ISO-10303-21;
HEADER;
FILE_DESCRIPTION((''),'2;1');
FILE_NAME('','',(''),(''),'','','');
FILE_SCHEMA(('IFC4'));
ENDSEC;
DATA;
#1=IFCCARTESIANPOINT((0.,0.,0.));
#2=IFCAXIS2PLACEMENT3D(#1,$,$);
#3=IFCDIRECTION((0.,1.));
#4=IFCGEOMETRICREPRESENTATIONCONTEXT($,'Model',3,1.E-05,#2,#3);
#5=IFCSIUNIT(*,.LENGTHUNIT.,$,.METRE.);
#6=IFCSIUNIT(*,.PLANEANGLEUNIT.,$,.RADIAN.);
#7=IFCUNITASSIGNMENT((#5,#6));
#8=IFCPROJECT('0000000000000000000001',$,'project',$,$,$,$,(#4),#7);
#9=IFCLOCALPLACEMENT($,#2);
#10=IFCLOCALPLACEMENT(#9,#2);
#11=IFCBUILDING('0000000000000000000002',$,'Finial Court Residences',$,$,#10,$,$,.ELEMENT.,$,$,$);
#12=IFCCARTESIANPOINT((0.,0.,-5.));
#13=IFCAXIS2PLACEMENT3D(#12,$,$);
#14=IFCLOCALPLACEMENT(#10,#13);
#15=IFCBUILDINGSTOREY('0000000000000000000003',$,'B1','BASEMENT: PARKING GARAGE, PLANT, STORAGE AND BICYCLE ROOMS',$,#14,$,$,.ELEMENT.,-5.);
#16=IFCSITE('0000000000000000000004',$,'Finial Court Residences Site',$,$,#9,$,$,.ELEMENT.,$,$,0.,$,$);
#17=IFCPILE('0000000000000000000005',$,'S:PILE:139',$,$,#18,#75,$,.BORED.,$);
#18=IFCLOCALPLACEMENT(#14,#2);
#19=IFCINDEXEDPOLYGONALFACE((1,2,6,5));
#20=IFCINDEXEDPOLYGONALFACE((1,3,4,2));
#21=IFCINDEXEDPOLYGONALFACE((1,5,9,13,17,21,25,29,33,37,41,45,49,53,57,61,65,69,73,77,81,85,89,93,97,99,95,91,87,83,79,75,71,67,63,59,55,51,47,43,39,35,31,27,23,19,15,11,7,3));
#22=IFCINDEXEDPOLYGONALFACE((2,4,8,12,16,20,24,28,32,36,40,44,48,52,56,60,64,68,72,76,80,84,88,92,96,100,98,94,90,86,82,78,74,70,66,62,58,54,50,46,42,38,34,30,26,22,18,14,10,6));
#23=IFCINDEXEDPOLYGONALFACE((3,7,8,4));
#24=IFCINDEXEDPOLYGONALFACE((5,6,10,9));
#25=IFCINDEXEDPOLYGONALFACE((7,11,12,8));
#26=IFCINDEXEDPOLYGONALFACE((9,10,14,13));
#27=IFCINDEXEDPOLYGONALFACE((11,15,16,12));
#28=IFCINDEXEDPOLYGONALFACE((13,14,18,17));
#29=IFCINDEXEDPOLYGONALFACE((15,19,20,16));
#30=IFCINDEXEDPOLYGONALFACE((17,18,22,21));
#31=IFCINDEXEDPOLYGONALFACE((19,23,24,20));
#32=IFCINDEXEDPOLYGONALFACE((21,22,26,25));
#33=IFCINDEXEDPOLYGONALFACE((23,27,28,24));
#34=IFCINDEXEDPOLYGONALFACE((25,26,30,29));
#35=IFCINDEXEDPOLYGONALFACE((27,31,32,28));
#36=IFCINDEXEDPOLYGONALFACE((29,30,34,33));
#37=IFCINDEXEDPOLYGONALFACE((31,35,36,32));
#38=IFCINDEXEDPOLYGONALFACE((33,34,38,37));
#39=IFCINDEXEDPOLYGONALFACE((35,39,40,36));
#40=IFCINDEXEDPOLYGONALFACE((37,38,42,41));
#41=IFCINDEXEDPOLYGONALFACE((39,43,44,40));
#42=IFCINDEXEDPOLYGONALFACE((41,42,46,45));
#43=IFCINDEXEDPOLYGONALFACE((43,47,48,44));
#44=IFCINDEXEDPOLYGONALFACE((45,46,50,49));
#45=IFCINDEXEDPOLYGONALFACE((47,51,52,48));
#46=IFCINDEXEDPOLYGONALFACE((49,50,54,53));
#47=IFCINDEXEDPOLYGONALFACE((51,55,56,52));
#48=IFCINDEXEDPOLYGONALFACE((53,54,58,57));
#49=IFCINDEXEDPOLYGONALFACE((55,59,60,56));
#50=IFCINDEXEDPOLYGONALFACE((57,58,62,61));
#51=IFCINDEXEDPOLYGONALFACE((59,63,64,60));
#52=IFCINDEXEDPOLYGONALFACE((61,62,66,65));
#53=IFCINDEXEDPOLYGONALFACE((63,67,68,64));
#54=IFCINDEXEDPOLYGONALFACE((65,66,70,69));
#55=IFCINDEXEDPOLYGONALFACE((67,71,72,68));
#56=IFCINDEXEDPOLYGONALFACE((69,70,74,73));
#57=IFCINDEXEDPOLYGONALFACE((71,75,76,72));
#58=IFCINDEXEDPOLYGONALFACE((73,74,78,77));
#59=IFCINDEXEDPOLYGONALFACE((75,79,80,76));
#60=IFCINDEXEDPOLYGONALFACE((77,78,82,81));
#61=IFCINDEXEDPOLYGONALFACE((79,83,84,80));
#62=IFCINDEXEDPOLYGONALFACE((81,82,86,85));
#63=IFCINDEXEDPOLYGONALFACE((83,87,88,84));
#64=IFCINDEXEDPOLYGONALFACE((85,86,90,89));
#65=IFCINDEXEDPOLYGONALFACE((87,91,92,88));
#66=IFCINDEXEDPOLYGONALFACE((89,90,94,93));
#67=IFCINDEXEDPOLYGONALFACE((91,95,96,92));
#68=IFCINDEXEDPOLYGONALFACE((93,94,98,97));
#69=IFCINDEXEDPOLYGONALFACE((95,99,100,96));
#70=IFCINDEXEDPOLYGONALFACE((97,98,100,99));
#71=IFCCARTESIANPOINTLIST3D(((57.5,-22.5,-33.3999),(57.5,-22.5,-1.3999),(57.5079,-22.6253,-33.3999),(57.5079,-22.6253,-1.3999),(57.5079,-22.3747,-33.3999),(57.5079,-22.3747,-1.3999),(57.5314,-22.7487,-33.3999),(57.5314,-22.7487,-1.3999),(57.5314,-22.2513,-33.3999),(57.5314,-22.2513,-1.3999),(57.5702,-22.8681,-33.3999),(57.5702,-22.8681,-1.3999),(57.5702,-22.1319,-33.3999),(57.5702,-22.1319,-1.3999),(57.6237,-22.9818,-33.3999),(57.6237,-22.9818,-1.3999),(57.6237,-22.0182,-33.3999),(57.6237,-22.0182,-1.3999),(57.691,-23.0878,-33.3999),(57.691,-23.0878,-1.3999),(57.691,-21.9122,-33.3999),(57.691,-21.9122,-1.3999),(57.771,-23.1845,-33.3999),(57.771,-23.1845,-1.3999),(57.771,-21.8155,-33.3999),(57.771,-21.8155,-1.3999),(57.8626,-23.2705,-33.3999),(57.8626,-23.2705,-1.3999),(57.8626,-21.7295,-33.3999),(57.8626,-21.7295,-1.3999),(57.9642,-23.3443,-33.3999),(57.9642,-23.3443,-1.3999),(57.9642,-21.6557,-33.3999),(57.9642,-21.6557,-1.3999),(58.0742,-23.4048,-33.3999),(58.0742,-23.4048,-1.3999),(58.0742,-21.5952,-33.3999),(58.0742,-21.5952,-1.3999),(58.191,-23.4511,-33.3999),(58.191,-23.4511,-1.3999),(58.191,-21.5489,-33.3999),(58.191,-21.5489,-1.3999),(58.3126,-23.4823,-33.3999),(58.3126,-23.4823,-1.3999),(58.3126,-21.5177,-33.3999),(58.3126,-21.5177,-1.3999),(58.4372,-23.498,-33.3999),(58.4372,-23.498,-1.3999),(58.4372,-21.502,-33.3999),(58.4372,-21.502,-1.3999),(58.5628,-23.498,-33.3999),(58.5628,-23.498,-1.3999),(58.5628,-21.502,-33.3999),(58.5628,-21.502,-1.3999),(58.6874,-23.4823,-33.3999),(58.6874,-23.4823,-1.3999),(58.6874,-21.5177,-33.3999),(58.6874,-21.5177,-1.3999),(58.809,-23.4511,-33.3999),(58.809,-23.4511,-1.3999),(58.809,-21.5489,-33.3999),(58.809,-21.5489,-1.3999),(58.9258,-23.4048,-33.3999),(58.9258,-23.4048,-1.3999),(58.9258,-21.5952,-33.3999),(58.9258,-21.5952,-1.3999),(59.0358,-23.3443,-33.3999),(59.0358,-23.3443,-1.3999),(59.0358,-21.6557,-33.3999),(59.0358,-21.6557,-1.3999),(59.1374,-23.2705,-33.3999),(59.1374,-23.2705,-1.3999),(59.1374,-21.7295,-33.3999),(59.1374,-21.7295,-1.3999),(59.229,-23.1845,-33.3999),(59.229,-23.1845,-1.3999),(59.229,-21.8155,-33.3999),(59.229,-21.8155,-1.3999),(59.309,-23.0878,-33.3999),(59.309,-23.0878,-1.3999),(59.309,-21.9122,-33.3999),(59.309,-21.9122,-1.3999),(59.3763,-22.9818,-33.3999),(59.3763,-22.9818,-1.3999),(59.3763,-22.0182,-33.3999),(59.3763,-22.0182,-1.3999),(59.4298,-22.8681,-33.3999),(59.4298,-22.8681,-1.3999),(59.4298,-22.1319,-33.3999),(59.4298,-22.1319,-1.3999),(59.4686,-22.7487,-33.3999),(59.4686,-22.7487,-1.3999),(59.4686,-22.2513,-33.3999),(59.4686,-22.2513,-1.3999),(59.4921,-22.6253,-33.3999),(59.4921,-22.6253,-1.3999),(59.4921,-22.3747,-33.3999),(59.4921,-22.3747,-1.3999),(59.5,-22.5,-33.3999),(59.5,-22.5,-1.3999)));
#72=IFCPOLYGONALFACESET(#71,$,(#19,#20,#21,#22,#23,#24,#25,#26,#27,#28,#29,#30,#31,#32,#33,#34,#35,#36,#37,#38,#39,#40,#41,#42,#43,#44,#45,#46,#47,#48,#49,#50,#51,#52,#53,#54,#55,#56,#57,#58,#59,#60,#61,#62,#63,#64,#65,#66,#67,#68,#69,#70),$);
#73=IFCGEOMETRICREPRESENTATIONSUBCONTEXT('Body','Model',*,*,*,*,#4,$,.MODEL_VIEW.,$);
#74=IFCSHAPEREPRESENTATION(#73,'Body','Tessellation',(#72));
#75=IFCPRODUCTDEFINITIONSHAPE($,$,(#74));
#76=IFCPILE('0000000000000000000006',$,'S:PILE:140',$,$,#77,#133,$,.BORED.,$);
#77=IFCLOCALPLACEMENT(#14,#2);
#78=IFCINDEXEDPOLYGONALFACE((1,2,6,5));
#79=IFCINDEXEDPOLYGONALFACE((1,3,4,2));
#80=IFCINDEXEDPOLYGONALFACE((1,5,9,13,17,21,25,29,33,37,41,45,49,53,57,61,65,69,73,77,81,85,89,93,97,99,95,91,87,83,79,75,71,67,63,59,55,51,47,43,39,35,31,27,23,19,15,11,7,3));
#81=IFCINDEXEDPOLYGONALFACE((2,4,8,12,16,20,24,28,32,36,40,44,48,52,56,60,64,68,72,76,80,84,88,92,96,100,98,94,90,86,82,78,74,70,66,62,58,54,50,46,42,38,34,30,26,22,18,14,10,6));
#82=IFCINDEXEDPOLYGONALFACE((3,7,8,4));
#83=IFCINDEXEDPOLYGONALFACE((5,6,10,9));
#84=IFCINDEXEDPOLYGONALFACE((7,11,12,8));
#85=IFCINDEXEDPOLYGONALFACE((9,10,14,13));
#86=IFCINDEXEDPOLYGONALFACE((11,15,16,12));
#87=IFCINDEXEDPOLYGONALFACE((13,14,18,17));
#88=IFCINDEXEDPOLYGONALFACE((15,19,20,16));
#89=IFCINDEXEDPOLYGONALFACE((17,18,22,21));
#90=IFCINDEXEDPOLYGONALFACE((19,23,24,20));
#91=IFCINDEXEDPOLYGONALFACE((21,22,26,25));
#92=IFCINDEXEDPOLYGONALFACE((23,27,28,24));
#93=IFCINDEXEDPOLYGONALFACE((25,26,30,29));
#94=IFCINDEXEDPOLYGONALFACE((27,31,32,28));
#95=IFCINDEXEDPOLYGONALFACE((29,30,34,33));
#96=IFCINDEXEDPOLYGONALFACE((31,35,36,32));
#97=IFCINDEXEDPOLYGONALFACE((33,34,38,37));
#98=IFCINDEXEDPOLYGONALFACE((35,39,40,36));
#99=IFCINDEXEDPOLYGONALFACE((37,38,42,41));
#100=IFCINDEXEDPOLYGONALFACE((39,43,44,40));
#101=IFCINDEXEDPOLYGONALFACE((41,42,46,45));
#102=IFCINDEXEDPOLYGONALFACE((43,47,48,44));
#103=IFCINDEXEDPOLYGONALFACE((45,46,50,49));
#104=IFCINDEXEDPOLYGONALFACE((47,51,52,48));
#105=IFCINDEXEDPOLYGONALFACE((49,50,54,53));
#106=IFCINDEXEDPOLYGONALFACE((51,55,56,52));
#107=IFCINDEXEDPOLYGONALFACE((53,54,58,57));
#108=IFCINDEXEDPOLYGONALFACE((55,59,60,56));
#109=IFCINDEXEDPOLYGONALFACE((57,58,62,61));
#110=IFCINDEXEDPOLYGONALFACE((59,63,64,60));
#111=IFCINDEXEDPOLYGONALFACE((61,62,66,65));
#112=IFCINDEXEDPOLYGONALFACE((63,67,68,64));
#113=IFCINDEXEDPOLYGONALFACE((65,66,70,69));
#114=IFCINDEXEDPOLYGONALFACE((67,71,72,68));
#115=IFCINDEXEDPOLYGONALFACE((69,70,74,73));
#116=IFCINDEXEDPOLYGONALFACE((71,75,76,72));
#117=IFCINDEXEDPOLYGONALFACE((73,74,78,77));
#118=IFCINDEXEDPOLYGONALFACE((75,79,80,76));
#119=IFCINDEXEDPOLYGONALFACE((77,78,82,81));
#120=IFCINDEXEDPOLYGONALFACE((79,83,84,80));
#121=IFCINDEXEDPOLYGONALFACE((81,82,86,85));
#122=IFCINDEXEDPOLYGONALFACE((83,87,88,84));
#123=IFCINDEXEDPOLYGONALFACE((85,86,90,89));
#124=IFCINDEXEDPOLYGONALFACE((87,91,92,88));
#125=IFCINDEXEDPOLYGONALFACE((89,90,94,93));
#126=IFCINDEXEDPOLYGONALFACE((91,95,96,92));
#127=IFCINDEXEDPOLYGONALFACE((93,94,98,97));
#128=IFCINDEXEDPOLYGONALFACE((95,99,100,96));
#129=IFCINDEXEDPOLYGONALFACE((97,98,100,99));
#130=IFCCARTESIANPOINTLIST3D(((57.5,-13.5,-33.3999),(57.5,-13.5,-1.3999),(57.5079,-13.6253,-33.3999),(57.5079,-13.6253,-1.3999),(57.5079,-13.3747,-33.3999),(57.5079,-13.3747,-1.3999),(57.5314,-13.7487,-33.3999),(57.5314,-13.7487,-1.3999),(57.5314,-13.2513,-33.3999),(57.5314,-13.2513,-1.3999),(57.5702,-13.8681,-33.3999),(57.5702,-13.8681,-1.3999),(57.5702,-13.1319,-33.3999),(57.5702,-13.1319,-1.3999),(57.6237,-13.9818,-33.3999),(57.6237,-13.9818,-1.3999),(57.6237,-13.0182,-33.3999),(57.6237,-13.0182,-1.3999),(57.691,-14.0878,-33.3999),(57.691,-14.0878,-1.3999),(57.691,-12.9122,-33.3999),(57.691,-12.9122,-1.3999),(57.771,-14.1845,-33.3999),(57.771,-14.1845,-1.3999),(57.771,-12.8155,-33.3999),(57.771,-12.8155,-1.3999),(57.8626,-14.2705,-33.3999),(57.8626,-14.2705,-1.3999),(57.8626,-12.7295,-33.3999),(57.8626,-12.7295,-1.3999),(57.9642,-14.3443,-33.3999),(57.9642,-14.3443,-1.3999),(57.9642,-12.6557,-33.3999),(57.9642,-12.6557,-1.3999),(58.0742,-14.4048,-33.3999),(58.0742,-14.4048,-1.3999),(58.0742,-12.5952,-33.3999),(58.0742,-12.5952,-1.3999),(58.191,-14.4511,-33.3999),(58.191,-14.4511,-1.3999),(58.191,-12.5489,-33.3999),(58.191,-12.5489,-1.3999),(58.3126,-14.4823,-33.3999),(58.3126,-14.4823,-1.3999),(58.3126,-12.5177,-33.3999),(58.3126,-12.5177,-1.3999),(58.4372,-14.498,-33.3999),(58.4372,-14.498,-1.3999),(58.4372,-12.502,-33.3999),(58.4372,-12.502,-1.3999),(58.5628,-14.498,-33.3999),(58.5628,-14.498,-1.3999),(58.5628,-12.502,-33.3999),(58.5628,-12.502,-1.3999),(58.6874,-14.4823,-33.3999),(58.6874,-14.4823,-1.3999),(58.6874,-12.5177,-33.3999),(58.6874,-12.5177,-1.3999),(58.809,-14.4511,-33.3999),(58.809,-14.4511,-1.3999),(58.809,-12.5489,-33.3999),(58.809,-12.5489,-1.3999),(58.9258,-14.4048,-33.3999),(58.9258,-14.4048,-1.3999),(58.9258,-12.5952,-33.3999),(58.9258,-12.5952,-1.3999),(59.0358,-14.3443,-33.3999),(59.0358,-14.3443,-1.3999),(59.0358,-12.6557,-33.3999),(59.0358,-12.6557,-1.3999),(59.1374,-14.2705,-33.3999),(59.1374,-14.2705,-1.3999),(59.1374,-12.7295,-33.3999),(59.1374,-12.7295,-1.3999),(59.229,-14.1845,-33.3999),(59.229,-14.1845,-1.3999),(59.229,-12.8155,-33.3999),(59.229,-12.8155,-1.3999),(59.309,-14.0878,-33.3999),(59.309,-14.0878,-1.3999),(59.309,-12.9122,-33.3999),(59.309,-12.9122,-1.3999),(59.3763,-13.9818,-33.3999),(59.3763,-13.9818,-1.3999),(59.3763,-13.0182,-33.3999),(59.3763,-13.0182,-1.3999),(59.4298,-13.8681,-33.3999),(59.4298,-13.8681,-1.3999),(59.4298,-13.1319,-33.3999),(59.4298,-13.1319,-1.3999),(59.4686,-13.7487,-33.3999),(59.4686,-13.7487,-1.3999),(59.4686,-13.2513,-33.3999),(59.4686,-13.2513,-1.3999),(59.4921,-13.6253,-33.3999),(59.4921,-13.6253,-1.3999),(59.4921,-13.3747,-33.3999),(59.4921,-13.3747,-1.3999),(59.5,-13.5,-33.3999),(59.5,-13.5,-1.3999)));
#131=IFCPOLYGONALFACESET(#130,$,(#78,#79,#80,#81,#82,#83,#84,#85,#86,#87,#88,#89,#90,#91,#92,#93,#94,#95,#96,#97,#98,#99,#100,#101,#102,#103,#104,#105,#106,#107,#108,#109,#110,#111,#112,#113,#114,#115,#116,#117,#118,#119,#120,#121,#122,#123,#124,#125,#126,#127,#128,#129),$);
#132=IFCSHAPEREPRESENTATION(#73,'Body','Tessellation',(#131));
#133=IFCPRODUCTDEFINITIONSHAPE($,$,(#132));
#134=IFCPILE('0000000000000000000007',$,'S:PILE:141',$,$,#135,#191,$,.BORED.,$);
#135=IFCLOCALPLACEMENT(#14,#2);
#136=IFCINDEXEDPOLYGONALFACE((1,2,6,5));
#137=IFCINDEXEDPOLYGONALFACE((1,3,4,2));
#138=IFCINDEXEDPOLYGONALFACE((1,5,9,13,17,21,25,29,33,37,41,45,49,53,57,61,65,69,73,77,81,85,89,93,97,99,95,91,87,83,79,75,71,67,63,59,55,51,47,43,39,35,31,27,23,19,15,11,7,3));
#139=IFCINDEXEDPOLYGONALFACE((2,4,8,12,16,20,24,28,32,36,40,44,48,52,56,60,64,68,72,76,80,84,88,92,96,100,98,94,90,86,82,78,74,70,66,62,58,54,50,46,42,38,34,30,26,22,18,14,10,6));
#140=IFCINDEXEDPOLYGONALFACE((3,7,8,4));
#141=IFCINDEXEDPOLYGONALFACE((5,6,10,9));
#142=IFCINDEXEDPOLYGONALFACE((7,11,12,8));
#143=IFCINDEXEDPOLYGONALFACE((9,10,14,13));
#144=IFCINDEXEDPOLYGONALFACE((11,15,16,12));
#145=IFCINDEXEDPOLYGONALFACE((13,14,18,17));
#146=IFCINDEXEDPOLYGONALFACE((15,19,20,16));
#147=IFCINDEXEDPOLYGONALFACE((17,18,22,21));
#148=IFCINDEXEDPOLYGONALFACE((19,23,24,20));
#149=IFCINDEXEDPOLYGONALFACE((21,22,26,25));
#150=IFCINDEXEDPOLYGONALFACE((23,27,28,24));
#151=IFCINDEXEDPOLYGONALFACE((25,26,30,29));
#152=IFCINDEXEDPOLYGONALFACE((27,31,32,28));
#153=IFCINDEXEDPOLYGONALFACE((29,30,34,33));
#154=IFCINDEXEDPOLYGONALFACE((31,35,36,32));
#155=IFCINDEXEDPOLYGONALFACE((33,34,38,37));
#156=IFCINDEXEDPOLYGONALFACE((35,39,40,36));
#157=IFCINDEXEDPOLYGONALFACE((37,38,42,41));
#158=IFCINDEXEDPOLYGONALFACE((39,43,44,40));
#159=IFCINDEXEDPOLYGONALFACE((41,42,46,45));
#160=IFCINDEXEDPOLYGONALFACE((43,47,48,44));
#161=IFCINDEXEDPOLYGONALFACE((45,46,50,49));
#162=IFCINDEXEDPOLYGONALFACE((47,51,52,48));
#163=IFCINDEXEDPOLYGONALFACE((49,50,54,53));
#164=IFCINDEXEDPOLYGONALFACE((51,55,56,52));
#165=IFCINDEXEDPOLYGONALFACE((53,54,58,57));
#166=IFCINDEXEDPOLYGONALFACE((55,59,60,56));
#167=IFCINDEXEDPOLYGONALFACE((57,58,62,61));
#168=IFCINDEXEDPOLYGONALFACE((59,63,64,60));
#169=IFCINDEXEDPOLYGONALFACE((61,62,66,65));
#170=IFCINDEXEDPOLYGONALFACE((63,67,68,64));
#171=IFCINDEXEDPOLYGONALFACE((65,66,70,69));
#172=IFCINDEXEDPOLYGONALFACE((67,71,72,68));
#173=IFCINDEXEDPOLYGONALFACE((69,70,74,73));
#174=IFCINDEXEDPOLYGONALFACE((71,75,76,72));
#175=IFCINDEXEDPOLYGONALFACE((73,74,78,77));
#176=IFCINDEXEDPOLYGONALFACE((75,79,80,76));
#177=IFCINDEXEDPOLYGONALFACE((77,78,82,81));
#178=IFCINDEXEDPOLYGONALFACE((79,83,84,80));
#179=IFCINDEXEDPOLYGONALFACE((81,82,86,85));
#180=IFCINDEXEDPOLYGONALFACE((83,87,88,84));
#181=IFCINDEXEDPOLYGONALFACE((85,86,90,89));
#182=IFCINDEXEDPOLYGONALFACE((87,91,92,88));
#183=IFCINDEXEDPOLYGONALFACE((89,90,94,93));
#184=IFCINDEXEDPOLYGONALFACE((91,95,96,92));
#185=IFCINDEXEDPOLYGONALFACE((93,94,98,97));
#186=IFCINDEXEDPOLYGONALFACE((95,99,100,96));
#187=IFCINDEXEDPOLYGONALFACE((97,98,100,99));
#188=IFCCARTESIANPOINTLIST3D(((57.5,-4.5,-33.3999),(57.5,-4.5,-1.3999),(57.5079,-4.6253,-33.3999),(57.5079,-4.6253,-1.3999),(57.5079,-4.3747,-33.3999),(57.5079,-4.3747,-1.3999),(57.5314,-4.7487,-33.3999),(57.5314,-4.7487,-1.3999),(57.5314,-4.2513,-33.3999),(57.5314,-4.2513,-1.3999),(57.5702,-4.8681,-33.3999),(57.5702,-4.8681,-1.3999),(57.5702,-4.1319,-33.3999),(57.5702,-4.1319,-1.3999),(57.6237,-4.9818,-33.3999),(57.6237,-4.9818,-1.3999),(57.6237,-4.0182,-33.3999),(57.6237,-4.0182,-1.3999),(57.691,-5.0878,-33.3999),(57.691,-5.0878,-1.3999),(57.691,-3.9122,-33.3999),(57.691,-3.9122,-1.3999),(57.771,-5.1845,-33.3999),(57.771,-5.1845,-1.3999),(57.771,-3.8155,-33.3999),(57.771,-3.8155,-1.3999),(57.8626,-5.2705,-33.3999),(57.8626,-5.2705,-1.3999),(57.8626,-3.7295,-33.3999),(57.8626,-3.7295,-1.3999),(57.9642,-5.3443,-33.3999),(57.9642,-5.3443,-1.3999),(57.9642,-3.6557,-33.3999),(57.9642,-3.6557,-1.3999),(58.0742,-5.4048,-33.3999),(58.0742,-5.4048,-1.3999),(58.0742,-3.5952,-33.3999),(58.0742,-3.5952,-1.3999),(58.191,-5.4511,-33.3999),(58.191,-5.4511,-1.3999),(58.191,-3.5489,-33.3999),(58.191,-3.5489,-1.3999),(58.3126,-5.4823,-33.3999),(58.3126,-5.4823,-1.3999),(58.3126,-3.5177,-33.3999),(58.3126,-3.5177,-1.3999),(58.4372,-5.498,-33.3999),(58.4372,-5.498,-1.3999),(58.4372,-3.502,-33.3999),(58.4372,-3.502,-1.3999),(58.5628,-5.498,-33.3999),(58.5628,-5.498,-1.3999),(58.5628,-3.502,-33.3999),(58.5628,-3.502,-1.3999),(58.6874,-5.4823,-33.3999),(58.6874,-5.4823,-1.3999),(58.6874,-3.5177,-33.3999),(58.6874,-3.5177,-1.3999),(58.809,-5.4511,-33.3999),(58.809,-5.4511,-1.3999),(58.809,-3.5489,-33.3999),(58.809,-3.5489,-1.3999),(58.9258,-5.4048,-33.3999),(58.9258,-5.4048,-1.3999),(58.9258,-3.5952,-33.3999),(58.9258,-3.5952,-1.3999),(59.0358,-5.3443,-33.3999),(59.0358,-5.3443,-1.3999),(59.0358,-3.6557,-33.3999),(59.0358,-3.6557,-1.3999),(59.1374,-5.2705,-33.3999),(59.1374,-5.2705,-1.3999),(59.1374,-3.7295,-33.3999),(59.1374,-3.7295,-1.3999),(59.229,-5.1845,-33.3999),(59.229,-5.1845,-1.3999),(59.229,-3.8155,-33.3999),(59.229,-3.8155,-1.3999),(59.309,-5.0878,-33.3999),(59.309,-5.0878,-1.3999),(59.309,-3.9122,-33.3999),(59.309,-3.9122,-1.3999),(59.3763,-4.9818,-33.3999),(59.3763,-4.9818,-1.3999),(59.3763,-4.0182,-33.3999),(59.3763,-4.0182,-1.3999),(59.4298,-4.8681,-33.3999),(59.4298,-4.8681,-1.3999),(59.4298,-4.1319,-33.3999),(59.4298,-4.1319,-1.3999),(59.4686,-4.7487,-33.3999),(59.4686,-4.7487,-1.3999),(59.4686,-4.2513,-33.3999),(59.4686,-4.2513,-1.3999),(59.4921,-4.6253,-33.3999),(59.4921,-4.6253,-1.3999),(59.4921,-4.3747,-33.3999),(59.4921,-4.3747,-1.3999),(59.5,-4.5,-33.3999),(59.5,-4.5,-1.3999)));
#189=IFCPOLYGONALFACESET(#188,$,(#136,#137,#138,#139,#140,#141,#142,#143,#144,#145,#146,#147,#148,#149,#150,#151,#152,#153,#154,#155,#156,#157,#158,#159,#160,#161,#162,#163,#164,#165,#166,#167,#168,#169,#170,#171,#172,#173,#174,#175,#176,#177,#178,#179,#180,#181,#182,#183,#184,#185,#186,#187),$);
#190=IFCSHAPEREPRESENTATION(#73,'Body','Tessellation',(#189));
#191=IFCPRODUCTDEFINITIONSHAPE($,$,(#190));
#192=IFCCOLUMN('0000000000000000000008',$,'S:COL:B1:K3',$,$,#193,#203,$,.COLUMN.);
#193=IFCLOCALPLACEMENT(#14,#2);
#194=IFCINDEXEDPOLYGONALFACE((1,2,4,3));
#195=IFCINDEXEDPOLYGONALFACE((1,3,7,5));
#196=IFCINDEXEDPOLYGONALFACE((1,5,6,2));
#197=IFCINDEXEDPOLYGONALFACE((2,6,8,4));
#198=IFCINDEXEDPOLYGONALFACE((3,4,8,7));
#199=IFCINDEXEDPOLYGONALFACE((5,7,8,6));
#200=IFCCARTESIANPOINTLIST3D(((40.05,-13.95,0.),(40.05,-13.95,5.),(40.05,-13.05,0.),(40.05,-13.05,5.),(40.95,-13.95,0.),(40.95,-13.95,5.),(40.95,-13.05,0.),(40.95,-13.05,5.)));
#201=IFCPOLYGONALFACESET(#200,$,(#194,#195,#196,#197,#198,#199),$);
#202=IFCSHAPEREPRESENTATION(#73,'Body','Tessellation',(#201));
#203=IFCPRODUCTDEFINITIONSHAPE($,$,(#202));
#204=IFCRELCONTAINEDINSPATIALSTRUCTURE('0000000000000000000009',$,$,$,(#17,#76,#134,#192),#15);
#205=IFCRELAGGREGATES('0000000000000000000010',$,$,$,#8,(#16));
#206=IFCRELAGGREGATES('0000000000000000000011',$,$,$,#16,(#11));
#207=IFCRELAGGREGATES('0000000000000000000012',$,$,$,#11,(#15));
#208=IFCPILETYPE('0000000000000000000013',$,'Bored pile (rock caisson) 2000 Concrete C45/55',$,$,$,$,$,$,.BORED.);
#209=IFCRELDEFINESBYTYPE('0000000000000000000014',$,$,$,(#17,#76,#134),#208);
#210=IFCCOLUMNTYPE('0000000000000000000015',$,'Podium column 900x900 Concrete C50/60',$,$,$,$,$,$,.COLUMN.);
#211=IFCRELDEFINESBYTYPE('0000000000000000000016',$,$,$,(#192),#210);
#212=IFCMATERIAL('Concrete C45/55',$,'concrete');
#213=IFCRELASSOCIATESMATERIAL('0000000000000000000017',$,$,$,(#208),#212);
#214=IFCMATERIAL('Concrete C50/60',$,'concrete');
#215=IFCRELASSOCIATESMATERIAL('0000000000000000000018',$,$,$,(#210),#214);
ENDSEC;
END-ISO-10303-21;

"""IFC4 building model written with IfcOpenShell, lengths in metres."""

from ifc_helpers import new_model, si_unit, direction, frame, origin, origin_2d, place, context, subcontext, project, spatial, rectangle, circle, extrude, material, material_profile, profile_set, type_object, element, save


model = new_model("IFC4")

# Units and contexts
model_context = context("Model", 3, precision=1e-05, world=origin(), true_north=direction((0.0, 1.0)))
body_context = subcontext(model_context, "Body", "Model", "MODEL_VIEW")
ifc_project = project(units=[si_unit("LENGTHUNIT", "METRE"), si_unit("PLANEANGLEUNIT", "RADIAN")], contexts=[model_context])

# Site, building, storey
site_placement = place(None, origin())
site = spatial("IfcSite", under=ifc_project, at=site_placement, Name="Finial Court Residences Site", CompositionType="ELEMENT", RefElevation=0.0)
building_placement = place(site_placement, origin())
building = spatial("IfcBuilding", under=site, at=building_placement, Name="Finial Court Residences", CompositionType="ELEMENT")
storey_placement = place(building_placement, frame((0.0, 0.0, -5.0)))
storey = spatial("IfcBuildingStorey", under=building, at=storey_placement, Name="B1", Description="BASEMENT: PARKING GARAGE, PLANT, STORAGE AND BICYCLE ROOMS", CompositionType="ELEMENT", Elevation=-5.0)

# Piles
ifc_material_1 = material(Name="Concrete C45/55", Category="concrete")
ifc_material_profile_1 = material_profile(ifc_material_1, circle(Radius=1.0, at=origin_2d()), Name="D2000")
ifc_profile_set_1 = profile_set([ifc_material_profile_1], Name="Concrete C45/55")
pile_type = type_object("IfcPileType", Name="Bored pile (rock caisson) 2000 Concrete C45/55", PredefinedType="BORED", material=ifc_profile_set_1)
for number, where, z_axis, x_axis, name in (
    (1, (58.5, -22.5, -1.3999), (0.0, 0.0, -1.0), (1.0, 0.0, 0.0), "S:PILE:139"),
    (2, (58.5, -13.5, -1.3999), (0.0, 0.0, -1.0), (1.0, 0.0, 0.0), "S:PILE:140"),
    (3, (58.5, -4.5, -1.3999), (0.0, 0.0, -1.0), (1.0, 0.0, 0.0), "S:PILE:141"),
):
    element("IfcPile", number, at=place(storey_placement, frame(where, z_axis=z_axis, x_axis=x_axis)), inside=storey, type_object=pile_type, Name=name, PredefinedType="BORED", context=body_context, shape_type="SweptSolid", body=[
        extrude(circle(Radius=1.0, at=origin_2d()), origin(), (0.0, 0.0, 1.0), 32.0),
    ])

# Column
ifc_material_2 = material(Name="Concrete C50/60", Category="concrete")
ifc_material_profile_2 = material_profile(ifc_material_2, rectangle(XDim=0.8999, YDim=0.8999, at=origin_2d()), Name="900x900")
ifc_profile_set_2 = profile_set([ifc_material_profile_2], Name="Concrete C50/60")
column_type = type_object("IfcColumnType", Name="Podium column 900x900 Concrete C50/60", PredefinedType="COLUMN", material=ifc_profile_set_2)
for number, where, z_axis, x_axis, name in (
    (4, (40.5, -13.5, 0.0), (0.0, 0.0, 1.0), (1.0, 0.0, 0.0), "S:COL:B1:K3"),
):
    element("IfcColumn", number, at=place(storey_placement, frame(where, z_axis=z_axis, x_axis=x_axis)), inside=storey, type_object=column_type, Name=name, PredefinedType="COLUMN", context=body_context, shape_type="SweptSolid", body=[
        extrude(rectangle(XDim=0.8999, YDim=0.8999, at=origin_2d()), origin(), (0.0, 0.0, 1.0), 5.0),
    ])

save(model, "model.ifc")
